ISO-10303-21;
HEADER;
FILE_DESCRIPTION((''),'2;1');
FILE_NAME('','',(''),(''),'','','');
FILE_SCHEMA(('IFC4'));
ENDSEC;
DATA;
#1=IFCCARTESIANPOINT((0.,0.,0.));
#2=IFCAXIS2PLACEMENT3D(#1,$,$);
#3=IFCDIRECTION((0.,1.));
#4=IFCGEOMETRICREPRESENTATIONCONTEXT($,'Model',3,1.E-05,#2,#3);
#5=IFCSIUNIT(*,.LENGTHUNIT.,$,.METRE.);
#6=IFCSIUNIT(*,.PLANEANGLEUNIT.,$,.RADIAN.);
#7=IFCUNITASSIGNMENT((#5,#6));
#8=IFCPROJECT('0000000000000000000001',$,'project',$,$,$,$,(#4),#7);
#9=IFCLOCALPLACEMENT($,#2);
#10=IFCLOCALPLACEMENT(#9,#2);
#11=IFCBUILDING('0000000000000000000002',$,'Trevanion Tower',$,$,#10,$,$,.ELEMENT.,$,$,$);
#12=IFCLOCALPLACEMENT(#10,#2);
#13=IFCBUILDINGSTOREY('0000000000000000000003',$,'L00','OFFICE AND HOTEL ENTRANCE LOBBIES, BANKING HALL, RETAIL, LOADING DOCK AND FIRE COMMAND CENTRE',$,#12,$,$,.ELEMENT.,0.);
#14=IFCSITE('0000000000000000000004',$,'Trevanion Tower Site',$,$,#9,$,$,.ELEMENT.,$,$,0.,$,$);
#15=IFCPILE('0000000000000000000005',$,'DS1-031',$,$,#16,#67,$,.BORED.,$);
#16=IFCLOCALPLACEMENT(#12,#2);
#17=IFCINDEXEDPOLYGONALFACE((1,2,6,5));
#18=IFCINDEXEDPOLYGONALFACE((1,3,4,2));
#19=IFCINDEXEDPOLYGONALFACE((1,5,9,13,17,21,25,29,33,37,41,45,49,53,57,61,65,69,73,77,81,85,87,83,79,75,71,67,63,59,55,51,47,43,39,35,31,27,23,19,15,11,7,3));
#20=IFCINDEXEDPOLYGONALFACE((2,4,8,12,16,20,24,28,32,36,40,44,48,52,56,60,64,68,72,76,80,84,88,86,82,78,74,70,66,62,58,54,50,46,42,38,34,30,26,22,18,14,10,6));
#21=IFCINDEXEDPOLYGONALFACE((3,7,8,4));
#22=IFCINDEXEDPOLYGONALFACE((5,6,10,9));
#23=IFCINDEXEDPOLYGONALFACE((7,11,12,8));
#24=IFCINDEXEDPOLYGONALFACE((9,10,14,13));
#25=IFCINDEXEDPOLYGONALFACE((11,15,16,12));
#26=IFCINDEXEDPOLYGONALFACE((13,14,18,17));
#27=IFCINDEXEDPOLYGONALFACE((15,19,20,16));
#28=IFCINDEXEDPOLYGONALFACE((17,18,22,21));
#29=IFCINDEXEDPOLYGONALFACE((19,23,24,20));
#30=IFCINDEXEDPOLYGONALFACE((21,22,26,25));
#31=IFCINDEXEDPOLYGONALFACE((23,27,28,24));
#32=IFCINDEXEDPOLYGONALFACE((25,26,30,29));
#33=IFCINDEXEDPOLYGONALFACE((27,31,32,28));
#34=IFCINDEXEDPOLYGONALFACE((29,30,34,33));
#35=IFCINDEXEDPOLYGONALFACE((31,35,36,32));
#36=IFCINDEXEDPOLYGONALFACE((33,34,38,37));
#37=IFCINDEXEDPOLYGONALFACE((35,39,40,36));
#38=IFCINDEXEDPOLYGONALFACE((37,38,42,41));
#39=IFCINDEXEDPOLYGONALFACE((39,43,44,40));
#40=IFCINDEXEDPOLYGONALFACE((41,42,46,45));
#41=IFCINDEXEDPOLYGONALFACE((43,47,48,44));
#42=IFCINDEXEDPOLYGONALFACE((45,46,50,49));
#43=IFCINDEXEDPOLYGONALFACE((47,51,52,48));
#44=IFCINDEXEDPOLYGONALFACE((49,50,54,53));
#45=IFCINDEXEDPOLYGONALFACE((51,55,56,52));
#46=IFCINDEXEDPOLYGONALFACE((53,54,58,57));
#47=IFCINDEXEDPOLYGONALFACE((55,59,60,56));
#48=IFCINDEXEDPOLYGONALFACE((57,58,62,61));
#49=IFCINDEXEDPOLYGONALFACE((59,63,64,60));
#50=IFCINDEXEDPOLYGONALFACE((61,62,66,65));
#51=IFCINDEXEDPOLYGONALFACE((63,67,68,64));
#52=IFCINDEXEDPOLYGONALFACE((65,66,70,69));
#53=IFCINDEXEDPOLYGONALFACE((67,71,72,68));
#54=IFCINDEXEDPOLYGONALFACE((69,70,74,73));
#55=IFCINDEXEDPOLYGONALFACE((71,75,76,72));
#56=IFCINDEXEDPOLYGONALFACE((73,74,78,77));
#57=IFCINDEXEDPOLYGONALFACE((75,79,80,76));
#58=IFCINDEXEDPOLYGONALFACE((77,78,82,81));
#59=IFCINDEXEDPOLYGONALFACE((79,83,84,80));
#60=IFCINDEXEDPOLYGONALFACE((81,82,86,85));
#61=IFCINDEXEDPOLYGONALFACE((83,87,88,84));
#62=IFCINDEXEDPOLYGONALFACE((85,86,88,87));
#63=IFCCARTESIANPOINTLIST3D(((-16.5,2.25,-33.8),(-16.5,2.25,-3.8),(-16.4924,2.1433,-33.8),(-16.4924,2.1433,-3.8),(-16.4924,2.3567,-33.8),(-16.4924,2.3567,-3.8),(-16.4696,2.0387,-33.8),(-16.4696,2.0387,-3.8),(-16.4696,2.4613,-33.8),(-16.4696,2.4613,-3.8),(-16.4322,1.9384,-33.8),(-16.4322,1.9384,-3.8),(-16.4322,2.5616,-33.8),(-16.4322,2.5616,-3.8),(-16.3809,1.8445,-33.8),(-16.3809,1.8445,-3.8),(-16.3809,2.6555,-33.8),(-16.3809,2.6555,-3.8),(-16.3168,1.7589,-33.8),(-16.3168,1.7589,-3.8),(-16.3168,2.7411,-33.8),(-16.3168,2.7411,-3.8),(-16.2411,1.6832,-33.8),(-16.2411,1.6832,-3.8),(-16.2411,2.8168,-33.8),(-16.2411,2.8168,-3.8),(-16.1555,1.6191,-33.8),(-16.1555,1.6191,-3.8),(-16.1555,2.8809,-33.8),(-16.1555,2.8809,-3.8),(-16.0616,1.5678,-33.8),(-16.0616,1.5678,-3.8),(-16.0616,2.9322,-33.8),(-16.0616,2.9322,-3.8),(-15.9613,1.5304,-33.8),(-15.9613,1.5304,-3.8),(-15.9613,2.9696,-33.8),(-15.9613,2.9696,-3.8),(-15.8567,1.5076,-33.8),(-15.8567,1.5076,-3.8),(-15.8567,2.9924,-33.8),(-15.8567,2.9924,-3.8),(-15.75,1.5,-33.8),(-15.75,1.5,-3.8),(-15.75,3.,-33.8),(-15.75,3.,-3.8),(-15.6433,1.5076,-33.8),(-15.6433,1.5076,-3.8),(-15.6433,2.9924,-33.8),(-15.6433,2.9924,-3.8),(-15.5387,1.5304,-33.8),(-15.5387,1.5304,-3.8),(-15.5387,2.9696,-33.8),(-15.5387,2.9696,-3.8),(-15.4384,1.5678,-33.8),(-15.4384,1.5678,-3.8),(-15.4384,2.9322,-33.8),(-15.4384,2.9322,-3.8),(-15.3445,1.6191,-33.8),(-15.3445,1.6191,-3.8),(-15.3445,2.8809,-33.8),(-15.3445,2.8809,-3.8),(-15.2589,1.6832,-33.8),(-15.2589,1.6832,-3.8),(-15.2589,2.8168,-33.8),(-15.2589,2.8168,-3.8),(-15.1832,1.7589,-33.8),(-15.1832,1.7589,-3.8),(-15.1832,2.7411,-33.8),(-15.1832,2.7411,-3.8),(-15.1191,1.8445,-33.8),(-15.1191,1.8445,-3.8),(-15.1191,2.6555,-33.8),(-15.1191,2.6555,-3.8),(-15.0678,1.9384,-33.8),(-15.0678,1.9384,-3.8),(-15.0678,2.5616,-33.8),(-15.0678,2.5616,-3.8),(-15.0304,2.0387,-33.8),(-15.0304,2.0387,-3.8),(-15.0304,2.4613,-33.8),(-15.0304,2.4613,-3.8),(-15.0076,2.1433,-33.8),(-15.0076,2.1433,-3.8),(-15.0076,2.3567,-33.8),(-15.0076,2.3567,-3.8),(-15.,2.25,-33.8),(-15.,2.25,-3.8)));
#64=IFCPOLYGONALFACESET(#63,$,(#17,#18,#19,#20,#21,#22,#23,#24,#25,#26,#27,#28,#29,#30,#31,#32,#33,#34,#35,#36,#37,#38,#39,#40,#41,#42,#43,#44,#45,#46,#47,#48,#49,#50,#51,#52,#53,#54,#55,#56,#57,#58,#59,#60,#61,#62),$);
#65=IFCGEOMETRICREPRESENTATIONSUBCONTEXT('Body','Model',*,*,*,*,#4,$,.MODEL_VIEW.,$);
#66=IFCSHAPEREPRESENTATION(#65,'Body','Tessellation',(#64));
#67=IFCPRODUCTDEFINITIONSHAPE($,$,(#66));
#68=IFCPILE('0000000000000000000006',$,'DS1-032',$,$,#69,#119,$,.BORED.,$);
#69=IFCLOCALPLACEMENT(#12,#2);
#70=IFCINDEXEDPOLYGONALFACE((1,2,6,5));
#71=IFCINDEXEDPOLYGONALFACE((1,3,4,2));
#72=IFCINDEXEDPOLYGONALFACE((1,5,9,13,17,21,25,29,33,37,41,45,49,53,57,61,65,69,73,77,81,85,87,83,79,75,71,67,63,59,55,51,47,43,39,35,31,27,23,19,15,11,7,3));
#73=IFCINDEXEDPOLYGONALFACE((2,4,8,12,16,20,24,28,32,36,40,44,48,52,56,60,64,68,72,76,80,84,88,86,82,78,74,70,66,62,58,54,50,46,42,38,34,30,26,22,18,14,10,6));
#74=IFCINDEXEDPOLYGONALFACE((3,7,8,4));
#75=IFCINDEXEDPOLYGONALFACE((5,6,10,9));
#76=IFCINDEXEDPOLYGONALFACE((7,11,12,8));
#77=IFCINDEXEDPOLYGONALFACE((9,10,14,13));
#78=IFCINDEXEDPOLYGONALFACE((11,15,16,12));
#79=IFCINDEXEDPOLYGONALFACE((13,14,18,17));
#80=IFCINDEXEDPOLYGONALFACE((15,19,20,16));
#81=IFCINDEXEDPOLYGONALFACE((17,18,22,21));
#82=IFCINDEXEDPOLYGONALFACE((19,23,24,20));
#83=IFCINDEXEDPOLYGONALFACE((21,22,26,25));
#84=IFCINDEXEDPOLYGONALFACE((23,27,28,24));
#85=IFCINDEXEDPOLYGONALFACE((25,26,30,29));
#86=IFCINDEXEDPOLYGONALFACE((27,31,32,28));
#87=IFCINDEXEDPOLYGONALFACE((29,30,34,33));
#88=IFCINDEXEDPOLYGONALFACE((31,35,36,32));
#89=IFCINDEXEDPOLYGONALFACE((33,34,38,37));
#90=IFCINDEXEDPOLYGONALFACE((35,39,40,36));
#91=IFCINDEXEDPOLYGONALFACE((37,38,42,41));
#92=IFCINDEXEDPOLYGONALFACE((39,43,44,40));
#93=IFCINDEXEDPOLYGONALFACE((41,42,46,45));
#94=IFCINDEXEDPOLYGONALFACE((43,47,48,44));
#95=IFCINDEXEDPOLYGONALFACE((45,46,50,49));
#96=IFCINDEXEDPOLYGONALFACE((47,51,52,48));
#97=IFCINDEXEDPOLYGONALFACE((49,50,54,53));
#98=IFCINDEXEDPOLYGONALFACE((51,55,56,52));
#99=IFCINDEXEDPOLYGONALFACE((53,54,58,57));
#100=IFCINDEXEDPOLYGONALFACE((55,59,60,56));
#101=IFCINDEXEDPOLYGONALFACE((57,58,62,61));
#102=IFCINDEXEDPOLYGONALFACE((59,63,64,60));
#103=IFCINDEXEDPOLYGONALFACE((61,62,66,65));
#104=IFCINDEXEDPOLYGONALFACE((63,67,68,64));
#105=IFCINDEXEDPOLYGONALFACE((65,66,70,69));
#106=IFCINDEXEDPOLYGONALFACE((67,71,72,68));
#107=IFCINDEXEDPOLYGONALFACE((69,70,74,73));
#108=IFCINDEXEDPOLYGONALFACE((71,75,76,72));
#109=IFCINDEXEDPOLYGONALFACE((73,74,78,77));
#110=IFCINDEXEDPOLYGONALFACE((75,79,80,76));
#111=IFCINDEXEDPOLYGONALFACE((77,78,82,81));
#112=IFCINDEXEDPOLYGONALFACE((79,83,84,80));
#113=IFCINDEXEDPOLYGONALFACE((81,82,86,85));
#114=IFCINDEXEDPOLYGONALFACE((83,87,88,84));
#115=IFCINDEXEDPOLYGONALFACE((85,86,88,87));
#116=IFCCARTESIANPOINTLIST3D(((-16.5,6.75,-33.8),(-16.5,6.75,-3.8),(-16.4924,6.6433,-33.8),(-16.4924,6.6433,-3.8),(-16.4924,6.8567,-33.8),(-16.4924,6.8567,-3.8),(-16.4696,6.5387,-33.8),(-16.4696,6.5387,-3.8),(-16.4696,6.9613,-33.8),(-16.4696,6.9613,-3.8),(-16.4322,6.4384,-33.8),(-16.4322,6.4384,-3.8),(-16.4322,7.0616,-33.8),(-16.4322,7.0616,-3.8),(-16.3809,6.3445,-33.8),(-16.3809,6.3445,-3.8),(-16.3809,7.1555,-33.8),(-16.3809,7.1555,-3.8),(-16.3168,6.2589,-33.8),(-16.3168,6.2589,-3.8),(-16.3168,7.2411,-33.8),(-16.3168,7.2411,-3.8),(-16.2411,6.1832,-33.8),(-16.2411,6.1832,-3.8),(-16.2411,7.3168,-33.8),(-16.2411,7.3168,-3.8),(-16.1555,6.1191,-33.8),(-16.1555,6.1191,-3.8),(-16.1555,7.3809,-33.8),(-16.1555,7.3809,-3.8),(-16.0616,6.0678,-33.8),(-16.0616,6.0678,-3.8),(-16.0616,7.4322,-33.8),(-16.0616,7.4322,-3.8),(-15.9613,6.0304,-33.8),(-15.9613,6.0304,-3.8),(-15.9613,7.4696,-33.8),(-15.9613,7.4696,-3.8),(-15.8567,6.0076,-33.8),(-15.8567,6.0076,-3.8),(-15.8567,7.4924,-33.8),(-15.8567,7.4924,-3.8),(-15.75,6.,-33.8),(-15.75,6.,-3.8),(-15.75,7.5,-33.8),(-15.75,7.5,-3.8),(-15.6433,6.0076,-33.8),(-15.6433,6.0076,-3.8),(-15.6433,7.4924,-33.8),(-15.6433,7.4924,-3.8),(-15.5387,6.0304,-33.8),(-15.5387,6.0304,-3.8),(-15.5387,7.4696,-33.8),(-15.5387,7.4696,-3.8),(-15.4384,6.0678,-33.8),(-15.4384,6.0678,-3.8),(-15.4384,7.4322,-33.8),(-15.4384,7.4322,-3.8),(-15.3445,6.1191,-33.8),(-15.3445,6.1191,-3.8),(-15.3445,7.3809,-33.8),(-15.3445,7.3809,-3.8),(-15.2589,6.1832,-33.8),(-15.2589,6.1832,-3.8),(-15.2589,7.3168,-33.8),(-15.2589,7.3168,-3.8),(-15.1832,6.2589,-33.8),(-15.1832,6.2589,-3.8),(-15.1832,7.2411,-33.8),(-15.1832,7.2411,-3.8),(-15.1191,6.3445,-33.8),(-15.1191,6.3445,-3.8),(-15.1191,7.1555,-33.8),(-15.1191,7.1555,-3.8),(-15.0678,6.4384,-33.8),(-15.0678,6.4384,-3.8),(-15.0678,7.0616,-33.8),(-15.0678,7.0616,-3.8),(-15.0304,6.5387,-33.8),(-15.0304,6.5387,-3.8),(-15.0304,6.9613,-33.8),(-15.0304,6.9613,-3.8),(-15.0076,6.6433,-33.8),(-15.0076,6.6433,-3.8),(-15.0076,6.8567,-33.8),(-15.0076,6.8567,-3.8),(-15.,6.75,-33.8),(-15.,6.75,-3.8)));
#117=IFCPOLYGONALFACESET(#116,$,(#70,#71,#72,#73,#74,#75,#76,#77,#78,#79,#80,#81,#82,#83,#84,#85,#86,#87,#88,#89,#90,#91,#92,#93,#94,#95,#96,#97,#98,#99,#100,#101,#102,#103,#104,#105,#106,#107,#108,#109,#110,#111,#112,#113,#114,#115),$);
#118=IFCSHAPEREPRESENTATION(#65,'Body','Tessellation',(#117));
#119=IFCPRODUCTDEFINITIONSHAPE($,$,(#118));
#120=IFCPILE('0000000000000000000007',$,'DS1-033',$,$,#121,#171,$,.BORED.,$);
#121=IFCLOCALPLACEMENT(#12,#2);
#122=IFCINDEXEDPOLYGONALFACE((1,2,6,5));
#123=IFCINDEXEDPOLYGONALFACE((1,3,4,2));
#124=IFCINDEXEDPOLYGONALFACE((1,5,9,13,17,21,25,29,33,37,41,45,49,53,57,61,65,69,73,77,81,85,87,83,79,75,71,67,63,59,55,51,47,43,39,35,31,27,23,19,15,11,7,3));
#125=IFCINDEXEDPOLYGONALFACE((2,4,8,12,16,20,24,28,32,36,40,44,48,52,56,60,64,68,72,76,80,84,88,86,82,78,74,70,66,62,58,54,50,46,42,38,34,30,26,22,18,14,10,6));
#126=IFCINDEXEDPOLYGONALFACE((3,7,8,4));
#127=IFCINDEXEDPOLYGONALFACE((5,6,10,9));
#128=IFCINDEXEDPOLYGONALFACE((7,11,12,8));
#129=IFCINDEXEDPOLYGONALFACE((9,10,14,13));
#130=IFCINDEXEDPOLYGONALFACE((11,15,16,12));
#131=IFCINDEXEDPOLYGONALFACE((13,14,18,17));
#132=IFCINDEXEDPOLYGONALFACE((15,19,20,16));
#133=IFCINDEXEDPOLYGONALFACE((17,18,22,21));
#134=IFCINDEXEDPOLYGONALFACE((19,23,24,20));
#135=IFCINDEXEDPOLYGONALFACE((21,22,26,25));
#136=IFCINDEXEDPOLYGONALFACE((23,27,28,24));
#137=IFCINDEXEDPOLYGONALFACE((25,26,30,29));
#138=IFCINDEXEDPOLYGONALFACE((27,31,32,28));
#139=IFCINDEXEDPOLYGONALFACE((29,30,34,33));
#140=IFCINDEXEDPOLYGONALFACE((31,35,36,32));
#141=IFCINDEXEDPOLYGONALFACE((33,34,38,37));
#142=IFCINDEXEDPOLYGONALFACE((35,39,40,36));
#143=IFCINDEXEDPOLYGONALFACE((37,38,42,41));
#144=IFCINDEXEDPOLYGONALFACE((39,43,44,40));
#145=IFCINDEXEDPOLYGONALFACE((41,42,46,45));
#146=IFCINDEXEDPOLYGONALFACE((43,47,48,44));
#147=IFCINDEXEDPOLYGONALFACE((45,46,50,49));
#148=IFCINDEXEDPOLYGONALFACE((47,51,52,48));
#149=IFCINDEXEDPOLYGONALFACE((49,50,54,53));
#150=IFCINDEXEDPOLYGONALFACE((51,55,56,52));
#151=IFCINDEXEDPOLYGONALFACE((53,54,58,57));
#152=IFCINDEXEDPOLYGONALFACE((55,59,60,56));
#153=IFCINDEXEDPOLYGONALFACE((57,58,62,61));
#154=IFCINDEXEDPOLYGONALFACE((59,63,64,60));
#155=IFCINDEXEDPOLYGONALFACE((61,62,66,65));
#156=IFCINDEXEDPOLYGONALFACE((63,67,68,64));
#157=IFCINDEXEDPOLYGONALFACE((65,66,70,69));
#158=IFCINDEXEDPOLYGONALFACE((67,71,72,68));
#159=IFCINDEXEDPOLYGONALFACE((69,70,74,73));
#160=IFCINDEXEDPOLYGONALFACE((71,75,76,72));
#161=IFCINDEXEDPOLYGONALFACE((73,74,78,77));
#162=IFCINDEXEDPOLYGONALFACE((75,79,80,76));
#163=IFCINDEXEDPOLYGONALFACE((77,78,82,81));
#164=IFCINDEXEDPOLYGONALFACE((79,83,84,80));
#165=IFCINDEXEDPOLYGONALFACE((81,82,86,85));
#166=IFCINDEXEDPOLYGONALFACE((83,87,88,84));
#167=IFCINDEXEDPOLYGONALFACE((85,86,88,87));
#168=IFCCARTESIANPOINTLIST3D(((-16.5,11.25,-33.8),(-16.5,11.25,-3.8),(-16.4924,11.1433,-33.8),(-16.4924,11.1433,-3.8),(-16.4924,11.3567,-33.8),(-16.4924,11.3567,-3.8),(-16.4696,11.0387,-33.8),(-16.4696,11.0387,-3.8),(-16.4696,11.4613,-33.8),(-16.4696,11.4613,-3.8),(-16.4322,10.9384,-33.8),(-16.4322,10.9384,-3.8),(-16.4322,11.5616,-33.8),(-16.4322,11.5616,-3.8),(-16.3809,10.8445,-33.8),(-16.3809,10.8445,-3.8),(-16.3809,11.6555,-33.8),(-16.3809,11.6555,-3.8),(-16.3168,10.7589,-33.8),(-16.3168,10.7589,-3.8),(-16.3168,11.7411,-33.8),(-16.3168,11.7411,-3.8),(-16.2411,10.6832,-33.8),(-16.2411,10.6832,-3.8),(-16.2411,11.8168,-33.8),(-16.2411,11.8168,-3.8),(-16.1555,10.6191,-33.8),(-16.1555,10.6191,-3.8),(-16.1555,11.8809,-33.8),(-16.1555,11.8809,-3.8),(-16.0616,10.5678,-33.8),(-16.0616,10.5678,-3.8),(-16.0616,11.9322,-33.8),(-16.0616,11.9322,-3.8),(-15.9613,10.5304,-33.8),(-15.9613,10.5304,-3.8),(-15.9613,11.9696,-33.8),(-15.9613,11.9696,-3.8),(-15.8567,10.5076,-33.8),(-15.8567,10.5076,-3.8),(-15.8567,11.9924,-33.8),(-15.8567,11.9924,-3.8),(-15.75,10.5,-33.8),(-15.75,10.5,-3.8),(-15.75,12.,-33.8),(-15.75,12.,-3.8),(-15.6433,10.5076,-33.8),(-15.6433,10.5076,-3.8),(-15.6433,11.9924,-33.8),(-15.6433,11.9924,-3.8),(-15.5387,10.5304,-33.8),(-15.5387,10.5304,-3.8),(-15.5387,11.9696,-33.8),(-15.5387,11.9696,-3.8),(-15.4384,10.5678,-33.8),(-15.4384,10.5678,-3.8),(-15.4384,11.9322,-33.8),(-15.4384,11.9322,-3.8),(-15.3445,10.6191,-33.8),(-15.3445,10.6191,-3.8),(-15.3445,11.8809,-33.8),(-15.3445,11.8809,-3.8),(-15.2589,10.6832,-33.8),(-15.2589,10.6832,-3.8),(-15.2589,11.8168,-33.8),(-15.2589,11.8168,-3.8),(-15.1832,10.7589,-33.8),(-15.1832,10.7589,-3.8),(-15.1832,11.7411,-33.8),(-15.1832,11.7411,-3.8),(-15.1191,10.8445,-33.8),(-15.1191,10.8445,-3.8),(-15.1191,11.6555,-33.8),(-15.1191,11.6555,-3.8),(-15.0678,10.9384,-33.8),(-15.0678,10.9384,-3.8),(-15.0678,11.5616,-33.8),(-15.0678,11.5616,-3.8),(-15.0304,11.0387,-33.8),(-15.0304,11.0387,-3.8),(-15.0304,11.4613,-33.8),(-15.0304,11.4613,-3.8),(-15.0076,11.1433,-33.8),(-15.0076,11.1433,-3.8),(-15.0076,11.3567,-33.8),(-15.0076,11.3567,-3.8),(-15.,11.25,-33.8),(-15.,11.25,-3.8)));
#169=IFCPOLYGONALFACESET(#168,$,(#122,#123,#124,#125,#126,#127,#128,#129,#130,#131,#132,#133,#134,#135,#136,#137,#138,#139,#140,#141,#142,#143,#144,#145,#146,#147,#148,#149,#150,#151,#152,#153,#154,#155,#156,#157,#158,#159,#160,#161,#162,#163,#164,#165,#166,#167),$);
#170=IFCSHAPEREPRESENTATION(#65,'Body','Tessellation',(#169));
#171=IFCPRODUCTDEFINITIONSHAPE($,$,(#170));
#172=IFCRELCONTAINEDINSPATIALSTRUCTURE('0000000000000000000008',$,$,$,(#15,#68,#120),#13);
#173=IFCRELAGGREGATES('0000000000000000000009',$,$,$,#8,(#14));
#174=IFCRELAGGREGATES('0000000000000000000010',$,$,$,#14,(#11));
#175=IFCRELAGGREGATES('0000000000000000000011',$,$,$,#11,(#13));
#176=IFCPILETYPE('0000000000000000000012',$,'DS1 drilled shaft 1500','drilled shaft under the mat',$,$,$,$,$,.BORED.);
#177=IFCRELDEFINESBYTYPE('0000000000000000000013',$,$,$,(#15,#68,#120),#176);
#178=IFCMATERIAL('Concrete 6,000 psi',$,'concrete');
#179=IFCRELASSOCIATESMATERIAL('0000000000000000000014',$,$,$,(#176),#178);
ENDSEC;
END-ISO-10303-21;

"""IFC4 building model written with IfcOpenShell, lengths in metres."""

from ifc_helpers import new_model, si_unit, direction, frame, origin, origin_2d, place, context, subcontext, project, spatial, circle, extrude, material, material_profile, profile_set, type_object, element, save


model = new_model("IFC4")

# Units and contexts
model_context = context("Model", 3, precision=1e-05, world=origin(), true_north=direction((0.0, 1.0)))
body_context = subcontext(model_context, "Body", "Model", "MODEL_VIEW")
ifc_project = project(units=[si_unit("LENGTHUNIT", "METRE"), si_unit("PLANEANGLEUNIT", "RADIAN")], contexts=[model_context])

# Site, building, storey
site_placement = place(None, origin())
site = spatial("IfcSite", under=ifc_project, at=site_placement, Name="Trevanion Tower Site", CompositionType="ELEMENT", RefElevation=0.0)
building_placement = place(site_placement, origin())
building = spatial("IfcBuilding", under=site, at=building_placement, Name="Trevanion Tower", CompositionType="ELEMENT")
storey_placement = place(building_placement, origin())
storey = spatial("IfcBuildingStorey", under=building, at=storey_placement, Name="L00", Description="OFFICE AND HOTEL ENTRANCE LOBBIES, BANKING HALL, RETAIL, LOADING DOCK AND FIRE COMMAND CENTRE", CompositionType="ELEMENT", Elevation=0.0)

# Piles
ifc_material_1 = material(Name="Concrete 6,000 psi", Category="concrete")
ifc_material_profile_1 = material_profile(ifc_material_1, circle(Radius=0.75, at=origin_2d()), Name="DS1 drilled shaft 1500")
ifc_profile_set_1 = profile_set([ifc_material_profile_1], Name="Concrete 6,000 psi")
pile_type_1 = type_object("IfcPileType", Name="DS1 drilled shaft 1500", Description="drilled shaft under the mat", PredefinedType="BORED", material=ifc_profile_set_1)
for number, where, z_axis, x_axis, name in (
    (1, (-15.75, 2.25, -3.8), (0.0, 0.0, -1.0), (1.0, 0.0, 0.0), "DS1-031"),
    (2, (-15.75, 6.75, -3.8), (0.0, 0.0, -1.0), (1.0, 0.0, 0.0), "DS1-032"),
    (3, (-15.75, 11.25, -3.8), (0.0, 0.0, -1.0), (1.0, 0.0, 0.0), "DS1-033"),
):
    element("IfcPile", number, at=place(storey_placement, frame(where, z_axis=z_axis, x_axis=x_axis)), inside=storey, type_object=pile_type_1, Name=name, PredefinedType="BORED", context=body_context, shape_type="SweptSolid", body=[
        extrude(circle(Radius=0.75, at=origin_2d()), origin(), (0.0, 0.0, 1.0), 30.0),
    ])

save(model, "model.ifc")
